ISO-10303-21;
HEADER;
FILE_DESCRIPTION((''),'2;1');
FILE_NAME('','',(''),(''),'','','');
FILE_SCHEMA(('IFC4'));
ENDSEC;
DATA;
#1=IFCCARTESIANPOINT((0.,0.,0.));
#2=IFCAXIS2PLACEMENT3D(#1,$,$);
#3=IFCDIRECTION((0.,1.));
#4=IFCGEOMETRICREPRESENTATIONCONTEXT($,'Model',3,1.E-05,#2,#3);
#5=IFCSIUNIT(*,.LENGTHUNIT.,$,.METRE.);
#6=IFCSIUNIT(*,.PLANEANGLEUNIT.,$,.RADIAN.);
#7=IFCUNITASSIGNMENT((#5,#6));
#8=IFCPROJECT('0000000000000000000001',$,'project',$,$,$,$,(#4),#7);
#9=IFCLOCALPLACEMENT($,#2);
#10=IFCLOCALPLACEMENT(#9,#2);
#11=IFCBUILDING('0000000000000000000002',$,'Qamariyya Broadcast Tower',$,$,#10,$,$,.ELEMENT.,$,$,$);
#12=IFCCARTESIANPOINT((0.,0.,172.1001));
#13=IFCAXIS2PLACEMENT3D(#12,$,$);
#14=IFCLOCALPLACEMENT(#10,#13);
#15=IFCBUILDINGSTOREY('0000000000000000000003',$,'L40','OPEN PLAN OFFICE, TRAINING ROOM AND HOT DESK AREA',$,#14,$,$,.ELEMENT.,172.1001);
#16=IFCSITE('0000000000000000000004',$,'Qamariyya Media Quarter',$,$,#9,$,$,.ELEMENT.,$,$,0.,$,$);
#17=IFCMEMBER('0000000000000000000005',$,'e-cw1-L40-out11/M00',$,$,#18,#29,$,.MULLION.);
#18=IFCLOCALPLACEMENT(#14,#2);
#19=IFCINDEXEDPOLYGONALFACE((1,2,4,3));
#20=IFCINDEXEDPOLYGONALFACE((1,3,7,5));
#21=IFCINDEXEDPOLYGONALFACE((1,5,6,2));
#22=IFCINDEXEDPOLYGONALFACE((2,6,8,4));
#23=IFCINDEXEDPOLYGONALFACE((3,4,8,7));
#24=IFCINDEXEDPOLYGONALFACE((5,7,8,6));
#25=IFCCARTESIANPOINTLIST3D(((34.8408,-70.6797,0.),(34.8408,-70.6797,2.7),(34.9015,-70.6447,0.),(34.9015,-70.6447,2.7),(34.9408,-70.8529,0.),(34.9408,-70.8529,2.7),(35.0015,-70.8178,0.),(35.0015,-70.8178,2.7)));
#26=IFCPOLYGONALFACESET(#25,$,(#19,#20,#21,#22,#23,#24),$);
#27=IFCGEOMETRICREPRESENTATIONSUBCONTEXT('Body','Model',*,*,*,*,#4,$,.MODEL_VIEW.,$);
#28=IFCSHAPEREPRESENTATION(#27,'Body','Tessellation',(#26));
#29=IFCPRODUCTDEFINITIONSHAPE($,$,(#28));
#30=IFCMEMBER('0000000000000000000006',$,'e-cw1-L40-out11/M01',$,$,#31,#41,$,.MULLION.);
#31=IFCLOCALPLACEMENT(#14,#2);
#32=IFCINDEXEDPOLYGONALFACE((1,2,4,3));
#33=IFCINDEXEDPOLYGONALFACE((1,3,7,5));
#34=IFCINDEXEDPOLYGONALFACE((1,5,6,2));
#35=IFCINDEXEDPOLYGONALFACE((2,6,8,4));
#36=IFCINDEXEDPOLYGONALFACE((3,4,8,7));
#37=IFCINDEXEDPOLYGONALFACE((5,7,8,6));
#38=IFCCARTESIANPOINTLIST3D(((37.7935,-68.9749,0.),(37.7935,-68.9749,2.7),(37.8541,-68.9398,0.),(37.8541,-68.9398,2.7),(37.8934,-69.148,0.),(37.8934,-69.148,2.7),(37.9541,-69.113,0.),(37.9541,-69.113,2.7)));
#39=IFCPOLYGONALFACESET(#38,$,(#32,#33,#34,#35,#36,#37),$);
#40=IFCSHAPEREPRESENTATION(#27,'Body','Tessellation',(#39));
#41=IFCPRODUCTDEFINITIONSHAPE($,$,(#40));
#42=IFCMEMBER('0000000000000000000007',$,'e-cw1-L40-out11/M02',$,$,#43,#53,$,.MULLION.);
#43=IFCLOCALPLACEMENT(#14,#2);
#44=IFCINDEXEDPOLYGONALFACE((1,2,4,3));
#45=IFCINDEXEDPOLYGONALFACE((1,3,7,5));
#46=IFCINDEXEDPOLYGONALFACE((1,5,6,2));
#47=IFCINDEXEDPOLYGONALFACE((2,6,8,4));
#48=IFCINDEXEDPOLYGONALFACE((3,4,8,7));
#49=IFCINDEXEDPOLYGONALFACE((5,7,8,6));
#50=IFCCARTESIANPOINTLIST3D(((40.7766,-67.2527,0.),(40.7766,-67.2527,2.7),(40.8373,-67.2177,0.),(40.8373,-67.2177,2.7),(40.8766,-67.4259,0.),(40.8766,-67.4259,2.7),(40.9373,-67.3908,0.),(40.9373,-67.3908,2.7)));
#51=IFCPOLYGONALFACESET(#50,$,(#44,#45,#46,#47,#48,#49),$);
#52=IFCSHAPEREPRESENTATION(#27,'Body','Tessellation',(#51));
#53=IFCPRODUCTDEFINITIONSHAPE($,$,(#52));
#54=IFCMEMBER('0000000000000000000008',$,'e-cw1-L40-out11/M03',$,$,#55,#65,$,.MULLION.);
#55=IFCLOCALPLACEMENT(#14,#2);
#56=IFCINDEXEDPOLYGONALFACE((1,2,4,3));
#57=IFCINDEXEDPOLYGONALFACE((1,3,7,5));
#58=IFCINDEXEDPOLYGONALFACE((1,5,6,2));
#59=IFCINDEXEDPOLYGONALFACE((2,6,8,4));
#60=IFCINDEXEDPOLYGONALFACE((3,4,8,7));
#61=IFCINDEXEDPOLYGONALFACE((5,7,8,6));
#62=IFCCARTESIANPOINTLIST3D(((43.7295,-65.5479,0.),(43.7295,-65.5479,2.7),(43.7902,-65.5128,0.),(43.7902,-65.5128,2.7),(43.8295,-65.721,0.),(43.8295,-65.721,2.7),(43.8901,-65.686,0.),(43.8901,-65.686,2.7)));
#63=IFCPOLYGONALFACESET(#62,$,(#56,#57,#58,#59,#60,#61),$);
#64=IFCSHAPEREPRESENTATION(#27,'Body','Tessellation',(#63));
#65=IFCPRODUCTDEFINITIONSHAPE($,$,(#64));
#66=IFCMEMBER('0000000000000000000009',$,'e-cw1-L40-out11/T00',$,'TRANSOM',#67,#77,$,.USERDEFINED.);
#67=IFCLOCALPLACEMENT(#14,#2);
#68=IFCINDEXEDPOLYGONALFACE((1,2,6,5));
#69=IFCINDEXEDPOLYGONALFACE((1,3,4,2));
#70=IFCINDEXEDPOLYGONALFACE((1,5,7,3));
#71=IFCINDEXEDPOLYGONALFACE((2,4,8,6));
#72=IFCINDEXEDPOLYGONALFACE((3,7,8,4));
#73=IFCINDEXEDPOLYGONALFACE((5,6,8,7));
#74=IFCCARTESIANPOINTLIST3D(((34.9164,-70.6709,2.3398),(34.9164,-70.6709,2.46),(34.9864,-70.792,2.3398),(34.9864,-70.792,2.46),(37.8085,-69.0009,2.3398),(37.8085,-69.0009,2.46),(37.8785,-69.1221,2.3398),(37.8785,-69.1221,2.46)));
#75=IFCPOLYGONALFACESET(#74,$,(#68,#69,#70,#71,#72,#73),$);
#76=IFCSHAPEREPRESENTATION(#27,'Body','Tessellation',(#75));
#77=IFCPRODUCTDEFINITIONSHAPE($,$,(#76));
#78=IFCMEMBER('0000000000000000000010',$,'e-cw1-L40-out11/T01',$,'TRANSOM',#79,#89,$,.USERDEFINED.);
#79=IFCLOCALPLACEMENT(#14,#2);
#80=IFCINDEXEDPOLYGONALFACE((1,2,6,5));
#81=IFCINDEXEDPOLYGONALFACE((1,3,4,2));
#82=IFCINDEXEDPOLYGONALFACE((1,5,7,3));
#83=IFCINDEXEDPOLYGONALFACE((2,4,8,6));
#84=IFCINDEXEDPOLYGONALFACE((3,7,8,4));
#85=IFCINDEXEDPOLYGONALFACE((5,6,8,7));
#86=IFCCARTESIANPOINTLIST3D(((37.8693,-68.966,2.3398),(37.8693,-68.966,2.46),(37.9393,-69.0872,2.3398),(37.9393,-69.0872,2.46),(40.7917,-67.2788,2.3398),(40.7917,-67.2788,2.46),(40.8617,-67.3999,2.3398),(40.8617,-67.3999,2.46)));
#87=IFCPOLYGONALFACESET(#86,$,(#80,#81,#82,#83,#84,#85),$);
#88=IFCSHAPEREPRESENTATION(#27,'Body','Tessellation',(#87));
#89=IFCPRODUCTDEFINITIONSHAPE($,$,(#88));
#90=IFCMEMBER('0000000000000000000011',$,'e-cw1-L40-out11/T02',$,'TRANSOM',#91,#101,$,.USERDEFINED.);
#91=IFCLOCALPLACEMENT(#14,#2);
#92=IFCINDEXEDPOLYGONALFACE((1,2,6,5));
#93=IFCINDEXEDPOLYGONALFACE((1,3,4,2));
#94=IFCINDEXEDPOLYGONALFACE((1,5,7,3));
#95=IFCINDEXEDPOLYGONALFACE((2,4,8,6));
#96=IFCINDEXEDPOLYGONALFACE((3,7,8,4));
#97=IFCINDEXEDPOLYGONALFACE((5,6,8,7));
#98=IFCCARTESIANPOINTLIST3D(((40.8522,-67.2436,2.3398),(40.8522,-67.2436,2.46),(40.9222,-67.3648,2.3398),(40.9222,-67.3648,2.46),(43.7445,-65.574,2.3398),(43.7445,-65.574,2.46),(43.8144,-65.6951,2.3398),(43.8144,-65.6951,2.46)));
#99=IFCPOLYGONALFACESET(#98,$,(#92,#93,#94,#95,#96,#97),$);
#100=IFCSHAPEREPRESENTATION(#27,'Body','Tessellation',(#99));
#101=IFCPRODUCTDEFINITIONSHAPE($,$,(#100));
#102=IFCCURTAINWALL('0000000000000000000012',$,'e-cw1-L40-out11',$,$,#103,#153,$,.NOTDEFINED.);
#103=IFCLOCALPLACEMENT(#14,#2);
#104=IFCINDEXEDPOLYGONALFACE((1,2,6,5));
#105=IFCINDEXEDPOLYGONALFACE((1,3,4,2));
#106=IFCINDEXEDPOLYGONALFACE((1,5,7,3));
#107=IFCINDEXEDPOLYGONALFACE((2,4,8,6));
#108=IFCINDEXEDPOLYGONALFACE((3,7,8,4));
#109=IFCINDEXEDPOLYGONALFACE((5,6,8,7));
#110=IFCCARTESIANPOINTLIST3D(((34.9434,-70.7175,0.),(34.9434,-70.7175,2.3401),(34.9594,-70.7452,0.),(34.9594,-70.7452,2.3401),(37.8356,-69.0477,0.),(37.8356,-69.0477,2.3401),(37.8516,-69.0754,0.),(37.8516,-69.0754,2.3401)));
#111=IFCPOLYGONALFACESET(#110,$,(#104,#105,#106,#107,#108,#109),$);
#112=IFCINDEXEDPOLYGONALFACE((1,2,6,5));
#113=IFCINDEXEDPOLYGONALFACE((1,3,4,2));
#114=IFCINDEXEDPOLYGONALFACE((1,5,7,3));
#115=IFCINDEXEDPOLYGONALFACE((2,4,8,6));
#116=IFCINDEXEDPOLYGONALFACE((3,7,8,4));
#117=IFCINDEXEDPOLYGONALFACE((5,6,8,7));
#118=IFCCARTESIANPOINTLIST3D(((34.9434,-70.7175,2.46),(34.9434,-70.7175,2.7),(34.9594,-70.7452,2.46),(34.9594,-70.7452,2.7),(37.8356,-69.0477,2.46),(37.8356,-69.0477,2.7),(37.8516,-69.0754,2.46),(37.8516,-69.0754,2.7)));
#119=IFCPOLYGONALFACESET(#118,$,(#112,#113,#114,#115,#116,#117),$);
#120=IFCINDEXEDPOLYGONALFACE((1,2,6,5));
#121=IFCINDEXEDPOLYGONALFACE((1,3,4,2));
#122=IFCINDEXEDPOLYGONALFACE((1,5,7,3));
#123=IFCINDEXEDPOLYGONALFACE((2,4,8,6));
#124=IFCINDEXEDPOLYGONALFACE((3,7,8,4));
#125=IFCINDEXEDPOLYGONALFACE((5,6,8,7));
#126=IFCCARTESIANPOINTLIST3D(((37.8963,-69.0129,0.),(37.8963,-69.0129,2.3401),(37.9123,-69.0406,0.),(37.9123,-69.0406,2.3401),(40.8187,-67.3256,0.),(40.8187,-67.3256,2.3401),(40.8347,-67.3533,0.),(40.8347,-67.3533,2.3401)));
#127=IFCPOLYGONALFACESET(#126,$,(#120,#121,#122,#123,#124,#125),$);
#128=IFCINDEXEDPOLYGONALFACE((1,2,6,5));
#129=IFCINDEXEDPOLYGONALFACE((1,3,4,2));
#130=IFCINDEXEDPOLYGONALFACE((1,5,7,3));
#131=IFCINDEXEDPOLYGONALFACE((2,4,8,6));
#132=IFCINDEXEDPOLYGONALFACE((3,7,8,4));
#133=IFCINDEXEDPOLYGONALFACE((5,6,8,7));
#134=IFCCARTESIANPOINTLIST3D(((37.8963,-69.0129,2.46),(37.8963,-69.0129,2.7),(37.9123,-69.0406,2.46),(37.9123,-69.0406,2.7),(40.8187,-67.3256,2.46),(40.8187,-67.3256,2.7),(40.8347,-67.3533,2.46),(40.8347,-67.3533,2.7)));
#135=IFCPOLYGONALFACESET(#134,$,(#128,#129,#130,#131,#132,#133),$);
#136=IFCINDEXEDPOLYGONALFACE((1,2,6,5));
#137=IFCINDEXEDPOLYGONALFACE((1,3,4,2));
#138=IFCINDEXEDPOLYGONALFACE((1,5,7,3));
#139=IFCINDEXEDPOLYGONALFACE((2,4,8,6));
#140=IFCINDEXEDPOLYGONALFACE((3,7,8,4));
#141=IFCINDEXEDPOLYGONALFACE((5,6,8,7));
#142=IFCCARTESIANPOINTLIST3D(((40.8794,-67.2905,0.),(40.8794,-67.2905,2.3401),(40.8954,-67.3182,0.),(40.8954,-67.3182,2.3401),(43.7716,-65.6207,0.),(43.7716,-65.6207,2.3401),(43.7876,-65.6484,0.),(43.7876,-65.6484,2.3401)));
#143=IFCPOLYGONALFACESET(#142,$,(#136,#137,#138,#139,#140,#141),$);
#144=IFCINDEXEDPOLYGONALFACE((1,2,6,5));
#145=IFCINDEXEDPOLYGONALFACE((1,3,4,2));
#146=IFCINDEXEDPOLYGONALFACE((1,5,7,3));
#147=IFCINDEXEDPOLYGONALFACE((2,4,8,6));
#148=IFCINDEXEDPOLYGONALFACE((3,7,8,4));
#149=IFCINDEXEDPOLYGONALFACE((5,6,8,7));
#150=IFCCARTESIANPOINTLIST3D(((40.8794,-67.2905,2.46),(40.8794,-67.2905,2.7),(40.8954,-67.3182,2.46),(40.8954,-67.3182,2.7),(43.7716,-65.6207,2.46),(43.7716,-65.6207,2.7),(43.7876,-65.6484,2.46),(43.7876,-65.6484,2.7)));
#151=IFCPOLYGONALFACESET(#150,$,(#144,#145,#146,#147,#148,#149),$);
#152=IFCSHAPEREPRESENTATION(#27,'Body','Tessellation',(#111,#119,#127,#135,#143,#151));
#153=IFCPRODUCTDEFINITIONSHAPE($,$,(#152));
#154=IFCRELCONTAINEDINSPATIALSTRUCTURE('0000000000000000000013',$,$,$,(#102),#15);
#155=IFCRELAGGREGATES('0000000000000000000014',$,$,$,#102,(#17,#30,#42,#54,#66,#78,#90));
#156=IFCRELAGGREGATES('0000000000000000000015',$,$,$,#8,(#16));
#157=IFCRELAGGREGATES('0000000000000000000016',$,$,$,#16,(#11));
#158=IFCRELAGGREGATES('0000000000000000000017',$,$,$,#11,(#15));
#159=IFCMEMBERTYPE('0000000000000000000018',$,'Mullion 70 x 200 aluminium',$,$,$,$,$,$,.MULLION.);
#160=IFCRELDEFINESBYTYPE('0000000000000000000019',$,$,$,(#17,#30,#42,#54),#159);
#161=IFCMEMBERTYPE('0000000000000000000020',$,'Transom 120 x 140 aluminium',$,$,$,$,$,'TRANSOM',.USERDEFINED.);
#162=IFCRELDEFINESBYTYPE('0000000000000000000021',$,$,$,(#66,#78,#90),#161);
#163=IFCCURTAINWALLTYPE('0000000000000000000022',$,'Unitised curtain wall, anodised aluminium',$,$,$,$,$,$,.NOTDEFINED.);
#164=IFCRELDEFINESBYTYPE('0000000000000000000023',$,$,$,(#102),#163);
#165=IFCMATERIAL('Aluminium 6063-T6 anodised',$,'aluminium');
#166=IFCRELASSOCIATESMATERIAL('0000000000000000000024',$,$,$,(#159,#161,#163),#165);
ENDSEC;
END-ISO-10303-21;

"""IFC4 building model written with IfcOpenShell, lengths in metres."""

from ifc_helpers import new_model, si_unit, direction, frame, origin, origin_2d, place, context, subcontext, project, spatial, rectangle, extrude, material, material_profile, profile_set, type_object, element, aggregate, save


model = new_model("IFC4")

# Units and contexts
model_context = context("Model", 3, precision=1e-05, world=origin(), true_north=direction((0.0, 1.0)))
body_context = subcontext(model_context, "Body", "Model", "MODEL_VIEW")
ifc_project = project(units=[si_unit("LENGTHUNIT", "METRE"), si_unit("PLANEANGLEUNIT", "RADIAN")], contexts=[model_context])

# Members
ifc_material = material(Name="Aluminium 6063-T6 anodised", Category="aluminium")
ifc_material_profile_1 = material_profile(ifc_material, rectangle(XDim=0.2, YDim=0.0701, at=origin_2d()))
ifc_profile_set_1 = profile_set([ifc_material_profile_1], Name="Aluminium 6063-T6 anodised")
member_type_1 = type_object("IfcMemberType", Name="Mullion 70 x 200 aluminium", PredefinedType="MULLION", material=ifc_profile_set_1)
site_placement = place(None, origin())
building_placement = place(site_placement, origin())
storey_placement = place(building_placement, frame((0.0, 0.0, 172.1001)))
member_1_placement = place(storey_placement, frame((34.9211, -70.7488, 0.0), z_axis=(0.0, 0.0, 1.0), x_axis=(-0.5, 0.866025, 0.0)))
member_1 = element("IfcMember", 1, at=member_1_placement, type_object=member_type_1, Name="e-cw1-L40-out11/M00", PredefinedType="MULLION", context=body_context, shape_type="SweptSolid", body=[
    extrude(rectangle(XDim=0.2, YDim=0.0701, at=origin_2d()), origin(), (0.0, 0.0, 1.0), 2.7),
])
member_2_placement = place(storey_placement, frame((37.8738, -69.0439, 0.0), z_axis=(0.0, 0.0, 1.0), x_axis=(-0.5, 0.866025, 0.0)))
member_2 = element("IfcMember", 2, at=member_2_placement, type_object=member_type_1, Name="e-cw1-L40-out11/M01", PredefinedType="MULLION", context=body_context, shape_type="SweptSolid", body=[
    extrude(rectangle(XDim=0.2, YDim=0.0701, at=origin_2d()), origin(), (0.0, 0.0, 1.0), 2.7),
])
member_3_placement = place(storey_placement, frame((40.8569, -67.3218, 0.0), z_axis=(0.0, 0.0, 1.0), x_axis=(-0.5, 0.866025, 0.0)))
member_3 = element("IfcMember", 3, at=member_3_placement, type_object=member_type_1, Name="e-cw1-L40-out11/M02", PredefinedType="MULLION", context=body_context, shape_type="SweptSolid", body=[
    extrude(rectangle(XDim=0.2, YDim=0.0701, at=origin_2d()), origin(), (0.0, 0.0, 1.0), 2.7),
])
member_4_placement = place(storey_placement, frame((43.8098, -65.6169, 0.0), z_axis=(0.0, 0.0, 1.0), x_axis=(-0.5, 0.866025, 0.0)))
member_4 = element("IfcMember", 4, at=member_4_placement, type_object=member_type_1, Name="e-cw1-L40-out11/M03", PredefinedType="MULLION", context=body_context, shape_type="SweptSolid", body=[
    extrude(rectangle(XDim=0.2, YDim=0.0701, at=origin_2d()), origin(), (0.0, 0.0, 1.0), 2.7),
])
ifc_material_profile_2 = material_profile(ifc_material, rectangle(XDim=0.1399, YDim=0.1201, at=origin_2d()))
ifc_profile_set_2 = profile_set([ifc_material_profile_2], Name="Aluminium 6063-T6 anodised")
member_type_2 = type_object("IfcMemberType", Name="Transom 120 x 140 aluminium", ElementType="TRANSOM", PredefinedType="USERDEFINED", material=ifc_profile_set_2)
member_5_placement = place(storey_placement, frame((34.9514, -70.7314, 2.3999), z_axis=(0.866003, 0.500039, 0.0), x_axis=(-0.500039, 0.866003, 0.0)))
member_5 = element("IfcMember", 5, at=member_5_placement, type_object=member_type_2, Name="e-cw1-L40-out11/T00", ObjectType="TRANSOM", PredefinedType="USERDEFINED", context=body_context, shape_type="SweptSolid", body=[
    extrude(rectangle(XDim=0.1399, YDim=0.1201, at=origin_2d()), origin(), (0.0, 0.0, 1.0), 3.3396),
])
member_6_placement = place(storey_placement, frame((37.9043, -69.0266, 2.3999), z_axis=(0.866022, 0.500006, 0.0), x_axis=(-0.500006, 0.866022, 0.0)))
member_6 = element("IfcMember", 6, at=member_6_placement, type_object=member_type_2, Name="e-cw1-L40-out11/T01", ObjectType="TRANSOM", PredefinedType="USERDEFINED", context=body_context, shape_type="SweptSolid", body=[
    extrude(rectangle(XDim=0.1399, YDim=0.1201, at=origin_2d()), origin(), (0.0, 0.0, 1.0), 3.3745),
])
member_7_placement = place(storey_placement, frame((40.8872, -67.3042, 2.3999), z_axis=(0.866053, 0.499952, 0.0), x_axis=(-0.499952, 0.866053, 0.0)))
member_7 = element("IfcMember", 7, at=member_7_placement, type_object=member_type_2, Name="e-cw1-L40-out11/T02", ObjectType="TRANSOM", PredefinedType="USERDEFINED", context=body_context, shape_type="SweptSolid", body=[
    extrude(rectangle(XDim=0.1399, YDim=0.1201, at=origin_2d()), origin(), (0.0, 0.0, 1.0), 3.3396),
])

# Site, building, storey
site = spatial("IfcSite", under=ifc_project, at=site_placement, Name="Qamariyya Media Quarter", CompositionType="ELEMENT", RefElevation=0.0)
building = spatial("IfcBuilding", under=site, at=building_placement, Name="Qamariyya Broadcast Tower", CompositionType="ELEMENT")
storey = spatial("IfcBuildingStorey", under=building, at=storey_placement, Name="L40", Description="OPEN PLAN OFFICE, TRAINING ROOM AND HOT DESK AREA", CompositionType="ELEMENT", Elevation=172.1001)

# Curtain wall
curtain_wall_type = type_object("IfcCurtainWallType", Name="Unitised curtain wall, anodised aluminium", PredefinedType="NOTDEFINED", material=ifc_material)
curtain_wall_1_placement = place(storey_placement, origin())
curtain_wall_1 = element("IfcCurtainWall", 8, at=curtain_wall_1_placement, inside=storey, type_object=curtain_wall_type, Name="e-cw1-L40-out11", PredefinedType="NOTDEFINED", context=body_context, shape_type="SweptSolid", body=[
    extrude(rectangle(XDim=3.3396, YDim=0.032, at=origin_2d()), frame((36.3975, -69.8965, 0.0), x_axis=(0.866029, 0.499994, 0.0)), (0.0, 0.0, 1.0), 2.3401),
    extrude(rectangle(XDim=3.3396, YDim=0.032, at=origin_2d()), frame((36.3975, -69.8965, 2.46), x_axis=(0.866029, 0.499994, 0.0)), (0.0, 0.0, 1.0), 0.24),
    extrude(rectangle(XDim=3.3745, YDim=0.032, at=origin_2d()), frame((39.3655, -68.1831, 0.0), x_axis=(0.866029, 0.499994, 0.0)), (0.0, 0.0, 1.0), 2.3401),
    extrude(rectangle(XDim=3.3745, YDim=0.032, at=origin_2d()), frame((39.3655, -68.1831, 2.46), x_axis=(0.866029, 0.499994, 0.0)), (0.0, 0.0, 1.0), 0.24),
    extrude(rectangle(XDim=3.3396, YDim=0.032, at=origin_2d()), frame((42.3335, -66.4695, 0.0), x_axis=(0.866029, 0.499994, 0.0)), (0.0, 0.0, 1.0), 2.3401),
    extrude(rectangle(XDim=3.3396, YDim=0.032, at=origin_2d()), frame((42.3335, -66.4695, 2.46), x_axis=(0.866029, 0.499994, 0.0)), (0.0, 0.0, 1.0), 0.24),
])
aggregate(curtain_wall_1, [member_1, member_2, member_3, member_4, member_5, member_6, member_7])

save(model, "model.ifc")
